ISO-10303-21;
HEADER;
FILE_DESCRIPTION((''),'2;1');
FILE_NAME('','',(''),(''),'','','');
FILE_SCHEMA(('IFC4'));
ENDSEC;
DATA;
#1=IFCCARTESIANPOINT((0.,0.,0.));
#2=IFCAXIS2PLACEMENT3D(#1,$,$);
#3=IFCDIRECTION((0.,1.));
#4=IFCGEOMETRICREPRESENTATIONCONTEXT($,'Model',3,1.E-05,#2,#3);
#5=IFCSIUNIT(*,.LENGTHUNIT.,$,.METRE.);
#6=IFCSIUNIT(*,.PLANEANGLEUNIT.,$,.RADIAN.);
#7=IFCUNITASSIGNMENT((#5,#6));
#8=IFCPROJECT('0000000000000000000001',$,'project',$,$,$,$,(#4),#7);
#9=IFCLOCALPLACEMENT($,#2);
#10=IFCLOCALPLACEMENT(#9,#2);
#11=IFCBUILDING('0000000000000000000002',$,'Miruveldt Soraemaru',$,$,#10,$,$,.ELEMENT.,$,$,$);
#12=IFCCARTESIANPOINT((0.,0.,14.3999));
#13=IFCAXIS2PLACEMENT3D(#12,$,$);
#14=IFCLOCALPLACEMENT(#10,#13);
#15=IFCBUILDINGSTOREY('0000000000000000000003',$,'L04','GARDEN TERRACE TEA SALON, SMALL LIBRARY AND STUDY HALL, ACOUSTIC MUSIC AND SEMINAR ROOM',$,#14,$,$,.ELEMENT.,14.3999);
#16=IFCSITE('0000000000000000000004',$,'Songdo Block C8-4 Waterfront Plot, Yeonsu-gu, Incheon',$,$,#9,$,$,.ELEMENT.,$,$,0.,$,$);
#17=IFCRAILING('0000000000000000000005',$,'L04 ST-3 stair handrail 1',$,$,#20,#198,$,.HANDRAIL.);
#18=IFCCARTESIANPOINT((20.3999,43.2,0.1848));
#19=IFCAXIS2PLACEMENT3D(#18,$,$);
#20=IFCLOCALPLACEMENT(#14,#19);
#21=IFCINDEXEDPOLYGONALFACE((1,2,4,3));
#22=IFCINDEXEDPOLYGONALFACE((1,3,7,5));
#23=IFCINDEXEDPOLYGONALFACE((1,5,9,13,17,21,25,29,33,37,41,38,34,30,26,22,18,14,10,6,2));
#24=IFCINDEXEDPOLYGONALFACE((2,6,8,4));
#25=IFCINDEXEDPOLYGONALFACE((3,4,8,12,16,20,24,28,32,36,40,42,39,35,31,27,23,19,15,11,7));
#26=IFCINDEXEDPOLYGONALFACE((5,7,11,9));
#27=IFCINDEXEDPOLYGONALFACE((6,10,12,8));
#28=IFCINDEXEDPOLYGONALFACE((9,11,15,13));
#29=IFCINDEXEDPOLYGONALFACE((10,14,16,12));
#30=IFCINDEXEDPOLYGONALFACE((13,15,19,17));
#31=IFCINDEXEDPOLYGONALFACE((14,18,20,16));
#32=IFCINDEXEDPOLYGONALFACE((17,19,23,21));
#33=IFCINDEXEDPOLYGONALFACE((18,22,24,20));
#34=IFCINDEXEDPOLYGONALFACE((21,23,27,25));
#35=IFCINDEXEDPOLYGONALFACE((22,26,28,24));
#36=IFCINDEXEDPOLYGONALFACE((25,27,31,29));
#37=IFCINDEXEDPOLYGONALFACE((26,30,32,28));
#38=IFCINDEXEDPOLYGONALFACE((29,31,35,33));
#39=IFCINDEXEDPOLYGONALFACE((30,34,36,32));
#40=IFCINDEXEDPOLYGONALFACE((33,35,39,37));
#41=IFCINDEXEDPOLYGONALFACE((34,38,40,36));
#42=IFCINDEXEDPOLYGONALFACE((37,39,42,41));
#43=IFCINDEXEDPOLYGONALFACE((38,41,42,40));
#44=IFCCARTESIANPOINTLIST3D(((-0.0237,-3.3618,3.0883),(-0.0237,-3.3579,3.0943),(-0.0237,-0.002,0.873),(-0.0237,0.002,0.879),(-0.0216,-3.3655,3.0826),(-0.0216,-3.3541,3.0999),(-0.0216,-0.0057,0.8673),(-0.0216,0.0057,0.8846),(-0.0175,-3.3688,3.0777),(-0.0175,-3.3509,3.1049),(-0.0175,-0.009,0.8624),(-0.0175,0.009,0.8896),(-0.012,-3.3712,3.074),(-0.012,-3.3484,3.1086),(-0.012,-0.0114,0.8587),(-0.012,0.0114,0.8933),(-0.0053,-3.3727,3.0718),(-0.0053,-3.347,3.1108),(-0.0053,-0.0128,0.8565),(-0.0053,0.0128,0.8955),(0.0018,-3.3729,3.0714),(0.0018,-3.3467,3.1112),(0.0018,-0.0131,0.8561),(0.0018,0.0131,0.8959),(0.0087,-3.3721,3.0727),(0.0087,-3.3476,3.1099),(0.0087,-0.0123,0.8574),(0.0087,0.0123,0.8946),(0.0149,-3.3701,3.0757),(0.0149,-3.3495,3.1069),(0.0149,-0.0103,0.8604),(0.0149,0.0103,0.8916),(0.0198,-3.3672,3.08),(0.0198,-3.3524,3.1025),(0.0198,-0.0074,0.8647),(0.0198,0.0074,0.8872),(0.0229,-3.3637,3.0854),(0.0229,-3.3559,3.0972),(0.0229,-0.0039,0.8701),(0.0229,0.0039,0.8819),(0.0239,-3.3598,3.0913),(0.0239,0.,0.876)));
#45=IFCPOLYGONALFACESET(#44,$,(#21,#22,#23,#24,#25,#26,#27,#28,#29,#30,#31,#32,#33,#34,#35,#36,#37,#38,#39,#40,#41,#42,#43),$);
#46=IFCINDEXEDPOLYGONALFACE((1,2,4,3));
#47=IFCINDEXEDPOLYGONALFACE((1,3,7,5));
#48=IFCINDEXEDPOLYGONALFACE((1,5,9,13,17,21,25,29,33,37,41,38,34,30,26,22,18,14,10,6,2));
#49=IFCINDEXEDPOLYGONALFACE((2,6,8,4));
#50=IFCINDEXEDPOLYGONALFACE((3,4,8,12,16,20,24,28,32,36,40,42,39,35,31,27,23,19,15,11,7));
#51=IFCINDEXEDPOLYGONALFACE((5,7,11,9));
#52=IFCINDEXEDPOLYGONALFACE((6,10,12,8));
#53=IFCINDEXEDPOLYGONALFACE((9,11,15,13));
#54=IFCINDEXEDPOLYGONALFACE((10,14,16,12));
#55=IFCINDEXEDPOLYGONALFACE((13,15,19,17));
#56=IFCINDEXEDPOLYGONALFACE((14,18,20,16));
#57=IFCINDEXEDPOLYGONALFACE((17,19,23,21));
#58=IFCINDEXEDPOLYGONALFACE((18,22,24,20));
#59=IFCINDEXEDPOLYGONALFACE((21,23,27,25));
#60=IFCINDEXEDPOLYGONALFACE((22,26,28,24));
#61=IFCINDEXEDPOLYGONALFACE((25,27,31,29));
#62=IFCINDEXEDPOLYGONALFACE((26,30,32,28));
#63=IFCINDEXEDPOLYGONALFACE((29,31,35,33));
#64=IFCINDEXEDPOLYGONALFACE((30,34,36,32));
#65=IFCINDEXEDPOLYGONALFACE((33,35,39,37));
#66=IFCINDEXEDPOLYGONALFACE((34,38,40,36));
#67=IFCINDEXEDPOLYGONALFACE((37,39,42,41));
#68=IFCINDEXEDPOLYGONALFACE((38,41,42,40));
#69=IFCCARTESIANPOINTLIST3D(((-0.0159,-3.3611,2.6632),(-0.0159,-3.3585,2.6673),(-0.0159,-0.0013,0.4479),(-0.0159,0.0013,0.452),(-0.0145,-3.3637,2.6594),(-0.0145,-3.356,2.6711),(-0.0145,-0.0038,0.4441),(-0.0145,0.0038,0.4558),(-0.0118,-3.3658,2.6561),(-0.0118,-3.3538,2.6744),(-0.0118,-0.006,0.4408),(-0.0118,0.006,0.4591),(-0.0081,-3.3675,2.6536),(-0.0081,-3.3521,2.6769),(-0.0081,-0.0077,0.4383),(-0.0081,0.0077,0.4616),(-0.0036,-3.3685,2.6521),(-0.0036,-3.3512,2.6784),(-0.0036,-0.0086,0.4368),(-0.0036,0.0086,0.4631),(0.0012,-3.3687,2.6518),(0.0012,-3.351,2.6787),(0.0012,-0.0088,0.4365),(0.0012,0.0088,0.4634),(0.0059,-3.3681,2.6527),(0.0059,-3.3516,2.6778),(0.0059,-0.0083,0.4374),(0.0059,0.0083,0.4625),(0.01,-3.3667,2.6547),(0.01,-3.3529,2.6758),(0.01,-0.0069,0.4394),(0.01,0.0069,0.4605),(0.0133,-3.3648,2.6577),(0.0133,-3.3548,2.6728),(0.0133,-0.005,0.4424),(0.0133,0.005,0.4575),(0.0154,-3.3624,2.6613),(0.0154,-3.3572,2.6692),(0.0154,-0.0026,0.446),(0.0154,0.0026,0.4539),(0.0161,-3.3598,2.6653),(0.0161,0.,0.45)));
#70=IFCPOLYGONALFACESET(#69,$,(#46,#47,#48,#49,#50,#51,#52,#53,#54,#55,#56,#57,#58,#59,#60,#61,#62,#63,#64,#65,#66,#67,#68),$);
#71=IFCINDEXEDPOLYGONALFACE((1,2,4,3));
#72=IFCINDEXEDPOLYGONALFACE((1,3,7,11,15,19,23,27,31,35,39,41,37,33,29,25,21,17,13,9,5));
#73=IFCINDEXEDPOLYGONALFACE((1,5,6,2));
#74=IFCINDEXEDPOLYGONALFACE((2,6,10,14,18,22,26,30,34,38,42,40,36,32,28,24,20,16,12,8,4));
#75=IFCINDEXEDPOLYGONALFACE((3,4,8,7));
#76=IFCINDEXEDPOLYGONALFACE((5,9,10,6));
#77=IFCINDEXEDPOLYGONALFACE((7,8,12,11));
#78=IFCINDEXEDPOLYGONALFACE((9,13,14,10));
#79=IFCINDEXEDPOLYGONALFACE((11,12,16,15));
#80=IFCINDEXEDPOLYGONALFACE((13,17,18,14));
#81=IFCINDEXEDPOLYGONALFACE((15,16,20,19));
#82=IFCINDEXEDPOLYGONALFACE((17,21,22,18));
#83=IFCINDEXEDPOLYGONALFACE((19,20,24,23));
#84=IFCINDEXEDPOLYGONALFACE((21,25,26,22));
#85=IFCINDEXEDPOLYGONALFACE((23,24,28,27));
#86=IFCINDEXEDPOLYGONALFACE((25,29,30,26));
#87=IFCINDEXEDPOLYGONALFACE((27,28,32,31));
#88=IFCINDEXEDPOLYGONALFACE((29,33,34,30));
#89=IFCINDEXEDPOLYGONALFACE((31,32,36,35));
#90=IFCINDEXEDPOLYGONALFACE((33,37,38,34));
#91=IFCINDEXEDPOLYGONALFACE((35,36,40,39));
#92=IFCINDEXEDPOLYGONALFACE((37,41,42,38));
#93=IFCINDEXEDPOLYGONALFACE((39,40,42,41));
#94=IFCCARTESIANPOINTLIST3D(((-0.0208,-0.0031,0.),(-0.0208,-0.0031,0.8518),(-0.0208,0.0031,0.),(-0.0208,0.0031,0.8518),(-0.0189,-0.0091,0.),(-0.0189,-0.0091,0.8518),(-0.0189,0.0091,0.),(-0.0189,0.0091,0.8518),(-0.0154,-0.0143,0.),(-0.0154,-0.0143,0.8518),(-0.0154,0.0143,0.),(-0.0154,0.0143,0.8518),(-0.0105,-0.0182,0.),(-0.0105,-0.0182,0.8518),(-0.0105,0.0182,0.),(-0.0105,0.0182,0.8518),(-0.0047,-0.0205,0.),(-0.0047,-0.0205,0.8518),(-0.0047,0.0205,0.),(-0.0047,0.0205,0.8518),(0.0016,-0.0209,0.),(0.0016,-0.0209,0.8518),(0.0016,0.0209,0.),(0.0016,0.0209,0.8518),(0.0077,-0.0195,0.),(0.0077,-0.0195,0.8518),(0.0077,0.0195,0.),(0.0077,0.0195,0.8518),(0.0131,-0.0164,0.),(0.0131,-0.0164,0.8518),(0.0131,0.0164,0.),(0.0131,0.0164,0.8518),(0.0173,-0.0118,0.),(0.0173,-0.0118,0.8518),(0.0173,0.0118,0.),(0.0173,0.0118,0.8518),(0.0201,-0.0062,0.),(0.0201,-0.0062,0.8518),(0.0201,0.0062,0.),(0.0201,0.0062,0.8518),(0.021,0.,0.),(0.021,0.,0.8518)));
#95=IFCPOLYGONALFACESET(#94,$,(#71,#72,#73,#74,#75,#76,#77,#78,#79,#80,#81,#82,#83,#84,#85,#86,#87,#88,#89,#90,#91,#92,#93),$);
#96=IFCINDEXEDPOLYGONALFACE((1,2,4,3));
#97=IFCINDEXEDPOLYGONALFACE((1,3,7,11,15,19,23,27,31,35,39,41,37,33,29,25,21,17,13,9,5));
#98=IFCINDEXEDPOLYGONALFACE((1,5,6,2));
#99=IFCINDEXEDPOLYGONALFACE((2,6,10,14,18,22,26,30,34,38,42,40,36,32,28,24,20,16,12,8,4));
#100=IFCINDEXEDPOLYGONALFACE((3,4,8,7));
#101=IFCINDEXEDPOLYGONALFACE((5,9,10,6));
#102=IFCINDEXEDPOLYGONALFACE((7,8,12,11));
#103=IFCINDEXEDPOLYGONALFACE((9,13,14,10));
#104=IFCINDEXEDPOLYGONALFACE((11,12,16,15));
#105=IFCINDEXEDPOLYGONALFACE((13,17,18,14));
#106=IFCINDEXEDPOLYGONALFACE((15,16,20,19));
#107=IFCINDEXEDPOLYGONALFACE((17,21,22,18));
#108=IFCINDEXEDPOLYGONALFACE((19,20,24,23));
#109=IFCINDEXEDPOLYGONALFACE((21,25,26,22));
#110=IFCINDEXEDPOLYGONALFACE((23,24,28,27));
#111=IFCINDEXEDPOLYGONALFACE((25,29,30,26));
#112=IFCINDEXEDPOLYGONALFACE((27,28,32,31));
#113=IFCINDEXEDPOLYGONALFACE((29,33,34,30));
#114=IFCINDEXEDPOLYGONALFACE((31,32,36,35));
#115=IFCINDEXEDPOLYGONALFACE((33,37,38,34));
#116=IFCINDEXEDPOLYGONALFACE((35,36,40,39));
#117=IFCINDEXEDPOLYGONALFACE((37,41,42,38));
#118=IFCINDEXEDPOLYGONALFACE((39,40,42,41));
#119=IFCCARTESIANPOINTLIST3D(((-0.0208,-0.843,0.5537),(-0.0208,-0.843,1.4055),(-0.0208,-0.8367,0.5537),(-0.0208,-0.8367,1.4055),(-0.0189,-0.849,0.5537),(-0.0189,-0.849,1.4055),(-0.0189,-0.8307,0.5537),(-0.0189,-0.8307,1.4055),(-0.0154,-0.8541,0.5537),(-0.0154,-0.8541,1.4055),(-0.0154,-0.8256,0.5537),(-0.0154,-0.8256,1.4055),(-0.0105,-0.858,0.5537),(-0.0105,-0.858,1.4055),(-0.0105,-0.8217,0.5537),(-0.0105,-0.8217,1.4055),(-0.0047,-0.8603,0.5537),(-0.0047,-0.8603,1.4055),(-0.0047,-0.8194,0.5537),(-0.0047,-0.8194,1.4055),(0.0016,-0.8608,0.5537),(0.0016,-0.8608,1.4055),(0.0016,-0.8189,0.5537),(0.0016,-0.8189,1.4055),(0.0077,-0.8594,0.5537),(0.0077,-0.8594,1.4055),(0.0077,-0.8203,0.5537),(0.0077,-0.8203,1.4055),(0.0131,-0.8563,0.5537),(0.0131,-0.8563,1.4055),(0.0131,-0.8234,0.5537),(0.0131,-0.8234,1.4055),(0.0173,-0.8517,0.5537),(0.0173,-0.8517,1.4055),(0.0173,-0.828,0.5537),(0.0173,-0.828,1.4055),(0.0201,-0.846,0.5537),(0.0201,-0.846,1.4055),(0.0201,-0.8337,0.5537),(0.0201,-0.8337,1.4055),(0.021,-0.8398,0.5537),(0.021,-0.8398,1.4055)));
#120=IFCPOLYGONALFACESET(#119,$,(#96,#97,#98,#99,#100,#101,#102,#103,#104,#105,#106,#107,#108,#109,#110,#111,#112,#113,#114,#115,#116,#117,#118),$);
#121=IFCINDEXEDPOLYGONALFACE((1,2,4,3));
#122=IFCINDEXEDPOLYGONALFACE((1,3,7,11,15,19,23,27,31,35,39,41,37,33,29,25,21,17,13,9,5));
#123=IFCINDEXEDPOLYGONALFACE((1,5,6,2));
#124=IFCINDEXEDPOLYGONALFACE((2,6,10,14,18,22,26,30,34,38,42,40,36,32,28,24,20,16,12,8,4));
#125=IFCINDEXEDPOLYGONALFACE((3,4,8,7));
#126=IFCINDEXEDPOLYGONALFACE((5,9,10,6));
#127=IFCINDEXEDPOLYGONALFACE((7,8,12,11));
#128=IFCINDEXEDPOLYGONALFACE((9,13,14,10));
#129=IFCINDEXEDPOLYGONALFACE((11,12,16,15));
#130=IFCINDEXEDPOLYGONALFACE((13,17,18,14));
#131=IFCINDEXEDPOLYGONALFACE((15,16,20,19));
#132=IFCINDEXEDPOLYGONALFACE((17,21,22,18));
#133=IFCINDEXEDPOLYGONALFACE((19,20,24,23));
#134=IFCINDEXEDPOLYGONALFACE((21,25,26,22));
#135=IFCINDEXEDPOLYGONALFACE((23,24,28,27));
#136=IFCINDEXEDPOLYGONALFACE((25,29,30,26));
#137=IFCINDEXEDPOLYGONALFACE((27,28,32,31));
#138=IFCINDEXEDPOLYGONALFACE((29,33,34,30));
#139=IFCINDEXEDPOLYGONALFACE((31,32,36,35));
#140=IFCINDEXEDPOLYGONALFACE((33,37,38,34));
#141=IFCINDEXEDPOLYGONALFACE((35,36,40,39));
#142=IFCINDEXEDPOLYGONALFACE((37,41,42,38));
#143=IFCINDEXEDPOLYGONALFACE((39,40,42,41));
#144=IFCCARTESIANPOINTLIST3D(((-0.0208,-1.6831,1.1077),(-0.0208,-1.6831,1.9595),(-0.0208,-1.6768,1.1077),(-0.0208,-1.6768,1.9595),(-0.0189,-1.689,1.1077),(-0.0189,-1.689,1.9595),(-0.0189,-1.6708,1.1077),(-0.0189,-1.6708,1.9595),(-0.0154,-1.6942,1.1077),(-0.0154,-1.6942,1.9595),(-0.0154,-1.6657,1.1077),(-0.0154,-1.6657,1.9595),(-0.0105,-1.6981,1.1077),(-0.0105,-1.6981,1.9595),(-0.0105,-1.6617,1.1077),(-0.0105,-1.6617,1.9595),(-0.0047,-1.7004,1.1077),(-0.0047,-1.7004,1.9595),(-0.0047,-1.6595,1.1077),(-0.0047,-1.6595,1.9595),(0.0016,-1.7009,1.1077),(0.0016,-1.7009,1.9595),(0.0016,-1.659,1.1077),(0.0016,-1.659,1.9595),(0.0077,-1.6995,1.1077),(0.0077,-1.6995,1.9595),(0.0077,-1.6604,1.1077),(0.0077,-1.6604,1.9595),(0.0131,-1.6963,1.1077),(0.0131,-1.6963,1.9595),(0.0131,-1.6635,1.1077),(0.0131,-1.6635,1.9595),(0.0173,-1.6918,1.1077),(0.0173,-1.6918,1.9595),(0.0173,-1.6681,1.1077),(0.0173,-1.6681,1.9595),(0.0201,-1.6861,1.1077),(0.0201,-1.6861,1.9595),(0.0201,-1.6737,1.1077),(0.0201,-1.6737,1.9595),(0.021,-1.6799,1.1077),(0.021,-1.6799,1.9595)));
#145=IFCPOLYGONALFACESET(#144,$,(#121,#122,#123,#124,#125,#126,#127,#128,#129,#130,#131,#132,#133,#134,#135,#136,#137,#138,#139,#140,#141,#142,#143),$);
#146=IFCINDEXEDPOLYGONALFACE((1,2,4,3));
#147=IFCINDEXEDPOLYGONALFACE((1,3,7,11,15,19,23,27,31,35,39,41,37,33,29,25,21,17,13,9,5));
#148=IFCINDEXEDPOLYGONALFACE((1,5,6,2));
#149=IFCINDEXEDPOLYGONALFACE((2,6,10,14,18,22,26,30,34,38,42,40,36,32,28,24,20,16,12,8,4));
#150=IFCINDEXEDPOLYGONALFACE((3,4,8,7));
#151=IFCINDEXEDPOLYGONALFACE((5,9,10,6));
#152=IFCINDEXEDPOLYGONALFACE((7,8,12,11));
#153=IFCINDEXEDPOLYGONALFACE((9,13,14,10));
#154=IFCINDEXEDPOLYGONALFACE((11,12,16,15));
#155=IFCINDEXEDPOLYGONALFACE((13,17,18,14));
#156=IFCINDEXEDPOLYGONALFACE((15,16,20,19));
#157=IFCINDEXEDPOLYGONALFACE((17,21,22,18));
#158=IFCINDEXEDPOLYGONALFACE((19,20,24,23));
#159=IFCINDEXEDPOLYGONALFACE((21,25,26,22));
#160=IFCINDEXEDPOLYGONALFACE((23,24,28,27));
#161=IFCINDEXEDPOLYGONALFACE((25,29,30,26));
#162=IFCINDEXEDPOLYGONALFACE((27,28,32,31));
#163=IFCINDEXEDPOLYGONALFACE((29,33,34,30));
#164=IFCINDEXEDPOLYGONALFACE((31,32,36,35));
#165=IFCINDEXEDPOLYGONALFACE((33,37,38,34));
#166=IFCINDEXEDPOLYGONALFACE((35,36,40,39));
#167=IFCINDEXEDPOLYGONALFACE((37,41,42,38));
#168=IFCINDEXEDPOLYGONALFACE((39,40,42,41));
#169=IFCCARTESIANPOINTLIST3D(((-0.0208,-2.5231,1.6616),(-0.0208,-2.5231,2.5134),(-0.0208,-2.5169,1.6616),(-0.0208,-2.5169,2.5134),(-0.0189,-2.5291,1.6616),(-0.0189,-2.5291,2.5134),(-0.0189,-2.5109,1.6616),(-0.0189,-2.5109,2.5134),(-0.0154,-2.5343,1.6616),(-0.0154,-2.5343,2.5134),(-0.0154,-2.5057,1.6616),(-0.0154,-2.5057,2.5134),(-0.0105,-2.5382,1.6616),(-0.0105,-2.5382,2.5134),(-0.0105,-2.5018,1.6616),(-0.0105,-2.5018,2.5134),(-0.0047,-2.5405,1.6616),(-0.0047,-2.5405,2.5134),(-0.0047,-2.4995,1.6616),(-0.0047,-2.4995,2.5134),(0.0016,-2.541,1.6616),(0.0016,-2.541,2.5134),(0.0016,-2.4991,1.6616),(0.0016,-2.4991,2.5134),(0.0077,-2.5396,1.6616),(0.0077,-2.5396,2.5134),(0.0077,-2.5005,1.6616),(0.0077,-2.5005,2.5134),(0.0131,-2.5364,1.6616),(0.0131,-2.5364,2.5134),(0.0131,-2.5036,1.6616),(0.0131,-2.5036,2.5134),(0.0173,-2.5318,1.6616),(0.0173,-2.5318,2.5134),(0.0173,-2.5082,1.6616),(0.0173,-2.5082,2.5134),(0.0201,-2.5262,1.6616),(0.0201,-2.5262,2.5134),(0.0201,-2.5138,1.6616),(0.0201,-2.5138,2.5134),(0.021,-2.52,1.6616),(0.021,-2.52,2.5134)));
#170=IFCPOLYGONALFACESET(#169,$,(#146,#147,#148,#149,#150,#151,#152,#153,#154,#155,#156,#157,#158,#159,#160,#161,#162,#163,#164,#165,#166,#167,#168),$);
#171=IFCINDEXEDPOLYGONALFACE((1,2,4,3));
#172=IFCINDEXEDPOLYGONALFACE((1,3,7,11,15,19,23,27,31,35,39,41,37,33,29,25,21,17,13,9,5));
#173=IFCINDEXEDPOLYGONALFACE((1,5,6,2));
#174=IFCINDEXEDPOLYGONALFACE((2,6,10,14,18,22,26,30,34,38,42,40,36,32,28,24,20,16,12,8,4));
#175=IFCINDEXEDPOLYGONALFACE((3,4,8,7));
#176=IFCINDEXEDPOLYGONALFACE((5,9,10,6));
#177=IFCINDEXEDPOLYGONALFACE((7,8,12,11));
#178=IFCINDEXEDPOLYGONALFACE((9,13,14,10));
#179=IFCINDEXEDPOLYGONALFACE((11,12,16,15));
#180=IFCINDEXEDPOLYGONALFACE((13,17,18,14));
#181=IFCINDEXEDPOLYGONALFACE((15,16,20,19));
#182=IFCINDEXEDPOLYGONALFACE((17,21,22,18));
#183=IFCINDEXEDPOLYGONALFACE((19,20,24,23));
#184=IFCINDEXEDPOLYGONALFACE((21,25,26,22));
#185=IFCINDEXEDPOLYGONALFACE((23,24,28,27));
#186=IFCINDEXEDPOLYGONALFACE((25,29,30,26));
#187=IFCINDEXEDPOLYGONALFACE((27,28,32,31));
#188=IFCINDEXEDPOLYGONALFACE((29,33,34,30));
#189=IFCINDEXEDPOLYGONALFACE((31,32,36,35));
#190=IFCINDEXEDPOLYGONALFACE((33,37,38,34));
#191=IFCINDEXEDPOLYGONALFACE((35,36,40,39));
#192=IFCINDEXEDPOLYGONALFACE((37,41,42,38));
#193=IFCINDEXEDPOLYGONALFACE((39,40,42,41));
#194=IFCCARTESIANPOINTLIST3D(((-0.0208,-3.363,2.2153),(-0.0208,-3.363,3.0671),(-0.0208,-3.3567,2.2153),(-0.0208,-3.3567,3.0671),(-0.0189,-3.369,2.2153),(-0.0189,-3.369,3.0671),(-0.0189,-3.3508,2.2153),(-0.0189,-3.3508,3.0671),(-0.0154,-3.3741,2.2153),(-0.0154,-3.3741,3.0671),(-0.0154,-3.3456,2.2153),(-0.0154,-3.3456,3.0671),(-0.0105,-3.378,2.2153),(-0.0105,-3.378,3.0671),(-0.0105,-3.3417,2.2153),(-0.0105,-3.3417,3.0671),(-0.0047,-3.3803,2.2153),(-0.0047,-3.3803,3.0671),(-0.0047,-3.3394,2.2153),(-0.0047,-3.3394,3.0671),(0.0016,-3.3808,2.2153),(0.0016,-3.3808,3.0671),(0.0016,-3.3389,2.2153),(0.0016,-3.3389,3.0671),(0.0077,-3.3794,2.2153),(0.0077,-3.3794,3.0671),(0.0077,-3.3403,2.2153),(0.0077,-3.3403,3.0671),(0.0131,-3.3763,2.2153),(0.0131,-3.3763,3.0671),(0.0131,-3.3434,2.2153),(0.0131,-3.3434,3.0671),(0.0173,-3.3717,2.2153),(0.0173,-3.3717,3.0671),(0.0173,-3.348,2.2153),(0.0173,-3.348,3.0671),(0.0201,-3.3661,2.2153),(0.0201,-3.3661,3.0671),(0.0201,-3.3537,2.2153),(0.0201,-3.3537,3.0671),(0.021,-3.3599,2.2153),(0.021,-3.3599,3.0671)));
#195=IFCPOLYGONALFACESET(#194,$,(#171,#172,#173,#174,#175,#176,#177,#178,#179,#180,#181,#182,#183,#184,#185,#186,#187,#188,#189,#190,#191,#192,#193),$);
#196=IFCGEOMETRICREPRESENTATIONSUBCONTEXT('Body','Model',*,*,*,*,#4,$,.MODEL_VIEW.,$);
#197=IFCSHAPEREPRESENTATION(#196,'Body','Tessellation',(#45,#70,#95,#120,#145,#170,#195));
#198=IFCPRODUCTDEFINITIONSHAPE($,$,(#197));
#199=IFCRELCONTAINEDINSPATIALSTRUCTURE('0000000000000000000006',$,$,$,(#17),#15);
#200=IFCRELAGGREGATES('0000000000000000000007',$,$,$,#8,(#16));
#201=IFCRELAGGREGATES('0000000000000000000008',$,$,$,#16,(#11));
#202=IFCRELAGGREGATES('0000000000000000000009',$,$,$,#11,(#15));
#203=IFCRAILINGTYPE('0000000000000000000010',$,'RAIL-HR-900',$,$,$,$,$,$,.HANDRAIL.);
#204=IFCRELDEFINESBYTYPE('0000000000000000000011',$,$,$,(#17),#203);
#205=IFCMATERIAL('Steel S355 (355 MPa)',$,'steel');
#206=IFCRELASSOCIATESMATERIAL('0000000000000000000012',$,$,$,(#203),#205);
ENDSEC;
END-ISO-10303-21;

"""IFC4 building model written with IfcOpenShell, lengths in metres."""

from ifc_helpers import new_model, si_unit, direction, frame, origin, origin_2d, place, context, subcontext, project, spatial, circle, extrude, material, type_object, element, save


model = new_model("IFC4")

# Units and contexts
model_context = context("Model", 3, precision=1e-05, world=origin(), true_north=direction((0.0, 1.0)))
body_context = subcontext(model_context, "Body", "Model", "MODEL_VIEW")
ifc_project = project(units=[si_unit("LENGTHUNIT", "METRE"), si_unit("PLANEANGLEUNIT", "RADIAN")], contexts=[model_context])

# Site, building, storey
site_placement = place(None, origin())
site = spatial("IfcSite", under=ifc_project, at=site_placement, Name="Songdo Block C8-4 Waterfront Plot, Yeonsu-gu, Incheon", CompositionType="ELEMENT", RefElevation=0.0)
building_placement = place(site_placement, origin())
building = spatial("IfcBuilding", under=site, at=building_placement, Name="Miruveldt Soraemaru", CompositionType="ELEMENT")
storey_placement = place(building_placement, frame((0.0, 0.0, 14.3999)))
storey = spatial("IfcBuildingStorey", under=building, at=storey_placement, Name="L04", Description="GARDEN TERRACE TEA SALON, SMALL LIBRARY AND STUDY HALL, ACOUSTIC MUSIC AND SEMINAR ROOM", CompositionType="ELEMENT", Elevation=14.3999)

# Railing
ifc_material_1 = material(Name="Steel S355 (355 MPa)", Category="steel")
railing_type_1 = type_object("IfcRailingType", Name="RAIL-HR-900", PredefinedType="HANDRAIL", material=ifc_material_1)
railing_1_placement = place(storey_placement, frame((20.3999, 43.2, 0.1848)))
element("IfcRailing", 1, at=railing_1_placement, inside=storey, type_object=railing_type_1, Name="L04 ST-3 stair handrail 1", PredefinedType="HANDRAIL", context=body_context, shape_type="SweptSolid", body=[
    extrude(circle(Radius=0.0239, at=origin_2d()), frame((0.0, 0.0, 0.876), z_axis=(0.0, -0.834858, 0.550465), x_axis=(1.0, 0.0, 0.0)), (0.0, 0.0, 1.0), 4.0244),
    extrude(circle(Radius=0.0161, at=origin_2d()), frame((0.0, 0.0, 0.45), z_axis=(0.0, -0.834858, 0.550465), x_axis=(1.0, 0.0, 0.0)), (0.0, 0.0, 1.0), 4.0244),
    extrude(circle(Radius=0.021, at=origin_2d()), origin(), (0.0, 0.0, 1.0), 0.8518),
    extrude(circle(Radius=0.021, at=origin_2d()), frame((0.0, -0.8398, 0.5537)), (0.0, 0.0, 1.0), 0.8518),
    extrude(circle(Radius=0.021, at=origin_2d()), frame((0.0, -1.6799, 1.1077)), (0.0, 0.0, 1.0), 0.8518),
    extrude(circle(Radius=0.021, at=origin_2d()), frame((0.0, -2.52, 1.6616)), (0.0, 0.0, 1.0), 0.8518),
    extrude(circle(Radius=0.021, at=origin_2d()), frame((0.0, -3.3599, 2.2153)), (0.0, 0.0, 1.0), 0.8518),
])

save(model, "model.ifc")
